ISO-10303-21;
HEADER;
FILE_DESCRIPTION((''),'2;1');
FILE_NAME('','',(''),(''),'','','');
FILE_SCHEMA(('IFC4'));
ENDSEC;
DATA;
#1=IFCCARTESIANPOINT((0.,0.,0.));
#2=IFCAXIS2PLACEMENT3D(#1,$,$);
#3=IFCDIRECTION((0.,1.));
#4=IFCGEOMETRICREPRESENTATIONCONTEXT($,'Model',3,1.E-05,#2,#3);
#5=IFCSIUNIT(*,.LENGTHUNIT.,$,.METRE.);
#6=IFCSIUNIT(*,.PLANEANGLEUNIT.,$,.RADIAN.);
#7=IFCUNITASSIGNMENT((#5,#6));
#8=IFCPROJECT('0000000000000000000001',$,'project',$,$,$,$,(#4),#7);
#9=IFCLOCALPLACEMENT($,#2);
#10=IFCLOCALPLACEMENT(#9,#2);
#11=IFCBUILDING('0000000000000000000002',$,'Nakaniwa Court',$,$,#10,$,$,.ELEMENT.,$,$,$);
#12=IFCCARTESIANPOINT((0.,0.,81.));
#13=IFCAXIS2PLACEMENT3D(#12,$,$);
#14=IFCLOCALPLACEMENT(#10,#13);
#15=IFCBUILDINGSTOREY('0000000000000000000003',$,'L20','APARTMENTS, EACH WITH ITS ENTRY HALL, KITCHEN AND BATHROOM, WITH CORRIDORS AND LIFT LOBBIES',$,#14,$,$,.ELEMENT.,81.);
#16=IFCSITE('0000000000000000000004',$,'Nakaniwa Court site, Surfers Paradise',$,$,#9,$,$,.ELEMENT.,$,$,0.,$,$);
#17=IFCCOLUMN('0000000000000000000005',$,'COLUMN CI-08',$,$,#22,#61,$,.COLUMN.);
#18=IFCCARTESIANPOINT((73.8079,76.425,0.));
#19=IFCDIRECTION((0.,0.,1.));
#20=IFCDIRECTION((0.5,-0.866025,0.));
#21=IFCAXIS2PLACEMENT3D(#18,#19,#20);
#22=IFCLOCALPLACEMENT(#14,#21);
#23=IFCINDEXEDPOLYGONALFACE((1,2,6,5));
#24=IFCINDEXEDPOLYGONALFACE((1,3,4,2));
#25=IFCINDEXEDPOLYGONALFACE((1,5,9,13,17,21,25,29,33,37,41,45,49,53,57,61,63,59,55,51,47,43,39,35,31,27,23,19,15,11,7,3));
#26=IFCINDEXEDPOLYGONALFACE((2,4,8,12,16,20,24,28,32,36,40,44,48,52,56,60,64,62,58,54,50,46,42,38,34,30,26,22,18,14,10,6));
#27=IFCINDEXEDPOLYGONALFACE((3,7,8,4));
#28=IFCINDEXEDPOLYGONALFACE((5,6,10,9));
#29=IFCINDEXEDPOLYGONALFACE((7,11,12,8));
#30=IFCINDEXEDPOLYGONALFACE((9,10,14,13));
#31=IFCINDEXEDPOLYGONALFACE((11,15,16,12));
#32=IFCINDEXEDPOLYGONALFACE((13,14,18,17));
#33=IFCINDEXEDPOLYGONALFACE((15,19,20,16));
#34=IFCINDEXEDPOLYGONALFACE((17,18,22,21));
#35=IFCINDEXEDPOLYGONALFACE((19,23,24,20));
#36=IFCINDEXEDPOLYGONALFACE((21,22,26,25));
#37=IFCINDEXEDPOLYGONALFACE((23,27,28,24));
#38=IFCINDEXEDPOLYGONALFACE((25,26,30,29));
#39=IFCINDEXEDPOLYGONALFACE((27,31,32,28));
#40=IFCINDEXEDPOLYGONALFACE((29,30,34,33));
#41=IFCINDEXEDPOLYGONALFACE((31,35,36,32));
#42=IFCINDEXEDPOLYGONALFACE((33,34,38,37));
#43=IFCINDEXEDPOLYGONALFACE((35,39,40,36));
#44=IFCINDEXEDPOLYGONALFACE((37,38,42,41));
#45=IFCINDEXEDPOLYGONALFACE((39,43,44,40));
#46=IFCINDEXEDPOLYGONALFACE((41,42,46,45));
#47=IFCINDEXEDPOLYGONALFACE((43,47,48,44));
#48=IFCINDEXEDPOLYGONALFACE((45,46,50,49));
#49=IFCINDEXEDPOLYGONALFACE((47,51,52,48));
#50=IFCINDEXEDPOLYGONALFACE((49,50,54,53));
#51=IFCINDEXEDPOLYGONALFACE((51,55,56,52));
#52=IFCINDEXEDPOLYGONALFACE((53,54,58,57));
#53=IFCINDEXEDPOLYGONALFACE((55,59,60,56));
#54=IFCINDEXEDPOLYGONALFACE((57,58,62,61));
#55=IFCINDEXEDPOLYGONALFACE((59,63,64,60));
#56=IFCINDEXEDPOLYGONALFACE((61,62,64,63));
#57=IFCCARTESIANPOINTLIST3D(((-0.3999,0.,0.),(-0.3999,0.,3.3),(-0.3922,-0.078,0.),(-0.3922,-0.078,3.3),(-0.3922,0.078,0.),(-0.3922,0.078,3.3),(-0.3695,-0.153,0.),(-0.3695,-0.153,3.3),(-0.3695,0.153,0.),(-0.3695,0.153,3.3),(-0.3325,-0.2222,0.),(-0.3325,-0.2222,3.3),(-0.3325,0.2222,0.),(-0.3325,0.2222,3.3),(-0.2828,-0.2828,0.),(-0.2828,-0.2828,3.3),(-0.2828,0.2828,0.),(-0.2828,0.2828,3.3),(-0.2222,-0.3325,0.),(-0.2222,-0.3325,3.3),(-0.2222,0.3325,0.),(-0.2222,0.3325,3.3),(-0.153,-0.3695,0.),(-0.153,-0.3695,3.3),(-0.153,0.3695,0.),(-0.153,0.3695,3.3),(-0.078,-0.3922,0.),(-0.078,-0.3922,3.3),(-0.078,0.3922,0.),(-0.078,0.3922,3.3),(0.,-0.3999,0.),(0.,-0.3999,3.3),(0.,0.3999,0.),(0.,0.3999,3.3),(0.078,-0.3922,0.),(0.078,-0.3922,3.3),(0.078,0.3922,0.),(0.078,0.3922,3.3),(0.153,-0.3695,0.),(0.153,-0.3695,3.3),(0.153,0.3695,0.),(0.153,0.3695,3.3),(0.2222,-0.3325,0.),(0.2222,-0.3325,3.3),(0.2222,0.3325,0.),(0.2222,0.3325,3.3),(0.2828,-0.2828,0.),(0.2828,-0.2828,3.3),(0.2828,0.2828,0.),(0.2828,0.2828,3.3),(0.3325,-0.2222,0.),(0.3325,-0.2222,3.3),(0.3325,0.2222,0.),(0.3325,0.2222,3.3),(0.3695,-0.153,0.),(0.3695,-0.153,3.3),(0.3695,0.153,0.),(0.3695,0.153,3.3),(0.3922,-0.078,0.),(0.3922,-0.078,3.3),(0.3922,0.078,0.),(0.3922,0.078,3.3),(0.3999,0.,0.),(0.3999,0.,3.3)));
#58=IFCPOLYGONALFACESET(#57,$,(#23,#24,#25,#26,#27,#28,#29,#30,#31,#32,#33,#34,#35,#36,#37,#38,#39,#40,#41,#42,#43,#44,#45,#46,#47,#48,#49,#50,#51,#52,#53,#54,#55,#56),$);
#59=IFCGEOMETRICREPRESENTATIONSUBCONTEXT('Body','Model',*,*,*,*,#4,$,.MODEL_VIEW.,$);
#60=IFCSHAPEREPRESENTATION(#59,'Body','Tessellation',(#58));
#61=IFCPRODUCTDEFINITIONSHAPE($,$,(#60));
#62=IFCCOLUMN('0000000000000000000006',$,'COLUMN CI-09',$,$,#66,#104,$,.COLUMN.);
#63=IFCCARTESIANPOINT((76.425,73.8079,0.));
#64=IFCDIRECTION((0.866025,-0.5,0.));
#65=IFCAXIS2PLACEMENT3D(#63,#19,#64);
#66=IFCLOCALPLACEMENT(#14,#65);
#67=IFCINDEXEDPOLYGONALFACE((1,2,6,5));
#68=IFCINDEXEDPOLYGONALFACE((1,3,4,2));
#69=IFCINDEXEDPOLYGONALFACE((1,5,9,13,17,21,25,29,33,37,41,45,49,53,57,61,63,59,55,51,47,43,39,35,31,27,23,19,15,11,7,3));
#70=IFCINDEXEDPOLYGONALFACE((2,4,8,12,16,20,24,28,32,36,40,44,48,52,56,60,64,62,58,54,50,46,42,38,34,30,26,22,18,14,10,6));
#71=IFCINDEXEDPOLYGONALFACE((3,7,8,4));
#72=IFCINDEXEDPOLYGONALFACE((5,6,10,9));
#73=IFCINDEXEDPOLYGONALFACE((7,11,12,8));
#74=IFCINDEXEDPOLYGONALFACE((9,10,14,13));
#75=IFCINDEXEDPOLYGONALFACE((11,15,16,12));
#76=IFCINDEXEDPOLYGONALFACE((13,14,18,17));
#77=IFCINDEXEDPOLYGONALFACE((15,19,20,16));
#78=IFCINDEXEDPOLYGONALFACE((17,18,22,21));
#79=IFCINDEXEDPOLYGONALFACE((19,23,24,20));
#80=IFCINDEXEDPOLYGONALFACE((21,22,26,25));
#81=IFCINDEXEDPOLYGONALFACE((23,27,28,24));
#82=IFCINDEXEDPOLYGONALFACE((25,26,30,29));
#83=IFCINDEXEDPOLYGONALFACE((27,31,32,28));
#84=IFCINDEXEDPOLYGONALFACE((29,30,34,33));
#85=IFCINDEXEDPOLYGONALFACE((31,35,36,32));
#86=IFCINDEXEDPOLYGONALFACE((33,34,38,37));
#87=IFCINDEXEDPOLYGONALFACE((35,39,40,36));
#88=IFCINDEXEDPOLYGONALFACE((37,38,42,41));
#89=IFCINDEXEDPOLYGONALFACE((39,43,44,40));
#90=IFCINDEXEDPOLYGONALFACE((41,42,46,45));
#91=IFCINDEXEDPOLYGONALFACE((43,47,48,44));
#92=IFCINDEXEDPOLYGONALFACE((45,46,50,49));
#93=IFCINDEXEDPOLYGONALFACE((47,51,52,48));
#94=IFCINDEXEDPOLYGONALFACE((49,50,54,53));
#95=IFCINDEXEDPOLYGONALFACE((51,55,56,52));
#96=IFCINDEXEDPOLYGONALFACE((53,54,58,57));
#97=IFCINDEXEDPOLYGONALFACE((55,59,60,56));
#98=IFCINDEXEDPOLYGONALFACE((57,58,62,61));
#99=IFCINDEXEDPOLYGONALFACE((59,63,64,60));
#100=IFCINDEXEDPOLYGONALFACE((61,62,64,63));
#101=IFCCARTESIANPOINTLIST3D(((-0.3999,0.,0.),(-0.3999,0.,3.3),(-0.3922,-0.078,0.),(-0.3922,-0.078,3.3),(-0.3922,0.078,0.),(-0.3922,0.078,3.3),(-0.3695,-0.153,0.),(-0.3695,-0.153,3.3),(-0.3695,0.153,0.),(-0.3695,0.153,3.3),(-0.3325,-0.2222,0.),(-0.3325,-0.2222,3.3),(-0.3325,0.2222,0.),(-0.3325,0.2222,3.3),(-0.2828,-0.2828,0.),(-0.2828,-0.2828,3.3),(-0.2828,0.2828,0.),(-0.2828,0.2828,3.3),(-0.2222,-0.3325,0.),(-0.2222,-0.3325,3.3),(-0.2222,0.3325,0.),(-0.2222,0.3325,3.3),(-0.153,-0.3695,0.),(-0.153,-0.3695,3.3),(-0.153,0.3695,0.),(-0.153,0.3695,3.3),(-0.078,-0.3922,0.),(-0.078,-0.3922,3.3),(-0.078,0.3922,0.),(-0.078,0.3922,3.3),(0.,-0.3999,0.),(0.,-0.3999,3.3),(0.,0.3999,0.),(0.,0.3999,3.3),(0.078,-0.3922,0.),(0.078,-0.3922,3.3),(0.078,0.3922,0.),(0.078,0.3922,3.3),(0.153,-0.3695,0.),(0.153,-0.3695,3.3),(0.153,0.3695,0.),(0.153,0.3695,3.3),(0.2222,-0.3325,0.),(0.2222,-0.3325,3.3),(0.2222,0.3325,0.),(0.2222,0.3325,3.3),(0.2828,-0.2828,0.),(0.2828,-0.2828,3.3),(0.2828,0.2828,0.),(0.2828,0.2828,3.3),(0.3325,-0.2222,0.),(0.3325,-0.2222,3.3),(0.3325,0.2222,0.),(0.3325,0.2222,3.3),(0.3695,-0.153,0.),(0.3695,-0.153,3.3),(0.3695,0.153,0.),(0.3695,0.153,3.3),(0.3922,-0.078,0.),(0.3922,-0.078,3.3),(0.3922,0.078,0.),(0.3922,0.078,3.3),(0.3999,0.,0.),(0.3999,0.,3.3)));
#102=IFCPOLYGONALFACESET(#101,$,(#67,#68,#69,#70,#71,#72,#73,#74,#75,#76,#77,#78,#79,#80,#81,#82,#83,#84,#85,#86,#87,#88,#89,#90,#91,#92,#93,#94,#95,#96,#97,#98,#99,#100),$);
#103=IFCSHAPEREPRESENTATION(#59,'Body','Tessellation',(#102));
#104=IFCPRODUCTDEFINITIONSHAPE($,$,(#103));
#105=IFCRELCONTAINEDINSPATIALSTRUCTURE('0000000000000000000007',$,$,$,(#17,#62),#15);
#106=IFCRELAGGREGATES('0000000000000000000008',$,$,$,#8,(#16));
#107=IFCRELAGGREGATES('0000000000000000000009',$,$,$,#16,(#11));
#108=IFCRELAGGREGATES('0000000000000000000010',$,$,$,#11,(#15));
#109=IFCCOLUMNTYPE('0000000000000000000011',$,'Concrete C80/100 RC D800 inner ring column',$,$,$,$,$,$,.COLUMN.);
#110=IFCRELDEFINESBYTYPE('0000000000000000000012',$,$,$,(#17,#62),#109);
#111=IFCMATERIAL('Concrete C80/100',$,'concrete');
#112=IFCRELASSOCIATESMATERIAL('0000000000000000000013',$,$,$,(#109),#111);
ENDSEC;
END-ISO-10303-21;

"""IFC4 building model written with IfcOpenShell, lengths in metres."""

from ifc_helpers import new_model, si_unit, direction, frame, origin, origin_2d, place, context, subcontext, project, spatial, circle, extrude, material, material_profile, profile_set, type_object, element, save


model = new_model("IFC4")

# Units and contexts
model_context = context("Model", 3, precision=1e-05, world=origin(), true_north=direction((0.0, 1.0)))
body_context = subcontext(model_context, "Body", "Model", "MODEL_VIEW")
ifc_project = project(units=[si_unit("LENGTHUNIT", "METRE"), si_unit("PLANEANGLEUNIT", "RADIAN")], contexts=[model_context])

# Site, building, storey
site_placement = place(None, origin())
site = spatial("IfcSite", under=ifc_project, at=site_placement, Name="Nakaniwa Court site, Surfers Paradise", CompositionType="ELEMENT", RefElevation=0.0)
building_placement = place(site_placement, origin())
building = spatial("IfcBuilding", under=site, at=building_placement, Name="Nakaniwa Court", CompositionType="ELEMENT")
storey_placement = place(building_placement, frame((0.0, 0.0, 81.0)))
storey = spatial("IfcBuildingStorey", under=building, at=storey_placement, Name="L20", Description="APARTMENTS, EACH WITH ITS ENTRY HALL, KITCHEN AND BATHROOM, WITH CORRIDORS AND LIFT LOBBIES", CompositionType="ELEMENT", Elevation=81.0)

# Columns
ifc_material_1 = material(Name="Concrete C80/100", Category="concrete")
ifc_material_profile_1 = material_profile(ifc_material_1, circle(Radius=0.3999, at=origin_2d()), Name="Concrete C80/100 RC D800 inner ring column")
ifc_profile_set_1 = profile_set([ifc_material_profile_1], Name="Concrete C80/100")
column_type_1 = type_object("IfcColumnType", Name="Concrete C80/100 RC D800 inner ring column", PredefinedType="COLUMN", material=ifc_profile_set_1)
for number, where, z_axis, x_axis, name in (
    (1, (73.8079, 76.425, 0.0), (0.0, 0.0, 1.0), (0.5, -0.866025, 0.0), "COLUMN CI-08"),
    (2, (76.425, 73.8079, 0.0), (0.0, 0.0, 1.0), (0.866025, -0.5, 0.0), "COLUMN CI-09"),
):
    element("IfcColumn", number, at=place(storey_placement, frame(where, z_axis=z_axis, x_axis=x_axis)), inside=storey, type_object=column_type_1, Name=name, PredefinedType="COLUMN", context=body_context, shape_type="SweptSolid", body=[
        extrude(circle(Radius=0.3999, at=origin_2d()), origin(), (0.0, 0.0, 1.0), 3.3),
    ])

save(model, "model.ifc")
